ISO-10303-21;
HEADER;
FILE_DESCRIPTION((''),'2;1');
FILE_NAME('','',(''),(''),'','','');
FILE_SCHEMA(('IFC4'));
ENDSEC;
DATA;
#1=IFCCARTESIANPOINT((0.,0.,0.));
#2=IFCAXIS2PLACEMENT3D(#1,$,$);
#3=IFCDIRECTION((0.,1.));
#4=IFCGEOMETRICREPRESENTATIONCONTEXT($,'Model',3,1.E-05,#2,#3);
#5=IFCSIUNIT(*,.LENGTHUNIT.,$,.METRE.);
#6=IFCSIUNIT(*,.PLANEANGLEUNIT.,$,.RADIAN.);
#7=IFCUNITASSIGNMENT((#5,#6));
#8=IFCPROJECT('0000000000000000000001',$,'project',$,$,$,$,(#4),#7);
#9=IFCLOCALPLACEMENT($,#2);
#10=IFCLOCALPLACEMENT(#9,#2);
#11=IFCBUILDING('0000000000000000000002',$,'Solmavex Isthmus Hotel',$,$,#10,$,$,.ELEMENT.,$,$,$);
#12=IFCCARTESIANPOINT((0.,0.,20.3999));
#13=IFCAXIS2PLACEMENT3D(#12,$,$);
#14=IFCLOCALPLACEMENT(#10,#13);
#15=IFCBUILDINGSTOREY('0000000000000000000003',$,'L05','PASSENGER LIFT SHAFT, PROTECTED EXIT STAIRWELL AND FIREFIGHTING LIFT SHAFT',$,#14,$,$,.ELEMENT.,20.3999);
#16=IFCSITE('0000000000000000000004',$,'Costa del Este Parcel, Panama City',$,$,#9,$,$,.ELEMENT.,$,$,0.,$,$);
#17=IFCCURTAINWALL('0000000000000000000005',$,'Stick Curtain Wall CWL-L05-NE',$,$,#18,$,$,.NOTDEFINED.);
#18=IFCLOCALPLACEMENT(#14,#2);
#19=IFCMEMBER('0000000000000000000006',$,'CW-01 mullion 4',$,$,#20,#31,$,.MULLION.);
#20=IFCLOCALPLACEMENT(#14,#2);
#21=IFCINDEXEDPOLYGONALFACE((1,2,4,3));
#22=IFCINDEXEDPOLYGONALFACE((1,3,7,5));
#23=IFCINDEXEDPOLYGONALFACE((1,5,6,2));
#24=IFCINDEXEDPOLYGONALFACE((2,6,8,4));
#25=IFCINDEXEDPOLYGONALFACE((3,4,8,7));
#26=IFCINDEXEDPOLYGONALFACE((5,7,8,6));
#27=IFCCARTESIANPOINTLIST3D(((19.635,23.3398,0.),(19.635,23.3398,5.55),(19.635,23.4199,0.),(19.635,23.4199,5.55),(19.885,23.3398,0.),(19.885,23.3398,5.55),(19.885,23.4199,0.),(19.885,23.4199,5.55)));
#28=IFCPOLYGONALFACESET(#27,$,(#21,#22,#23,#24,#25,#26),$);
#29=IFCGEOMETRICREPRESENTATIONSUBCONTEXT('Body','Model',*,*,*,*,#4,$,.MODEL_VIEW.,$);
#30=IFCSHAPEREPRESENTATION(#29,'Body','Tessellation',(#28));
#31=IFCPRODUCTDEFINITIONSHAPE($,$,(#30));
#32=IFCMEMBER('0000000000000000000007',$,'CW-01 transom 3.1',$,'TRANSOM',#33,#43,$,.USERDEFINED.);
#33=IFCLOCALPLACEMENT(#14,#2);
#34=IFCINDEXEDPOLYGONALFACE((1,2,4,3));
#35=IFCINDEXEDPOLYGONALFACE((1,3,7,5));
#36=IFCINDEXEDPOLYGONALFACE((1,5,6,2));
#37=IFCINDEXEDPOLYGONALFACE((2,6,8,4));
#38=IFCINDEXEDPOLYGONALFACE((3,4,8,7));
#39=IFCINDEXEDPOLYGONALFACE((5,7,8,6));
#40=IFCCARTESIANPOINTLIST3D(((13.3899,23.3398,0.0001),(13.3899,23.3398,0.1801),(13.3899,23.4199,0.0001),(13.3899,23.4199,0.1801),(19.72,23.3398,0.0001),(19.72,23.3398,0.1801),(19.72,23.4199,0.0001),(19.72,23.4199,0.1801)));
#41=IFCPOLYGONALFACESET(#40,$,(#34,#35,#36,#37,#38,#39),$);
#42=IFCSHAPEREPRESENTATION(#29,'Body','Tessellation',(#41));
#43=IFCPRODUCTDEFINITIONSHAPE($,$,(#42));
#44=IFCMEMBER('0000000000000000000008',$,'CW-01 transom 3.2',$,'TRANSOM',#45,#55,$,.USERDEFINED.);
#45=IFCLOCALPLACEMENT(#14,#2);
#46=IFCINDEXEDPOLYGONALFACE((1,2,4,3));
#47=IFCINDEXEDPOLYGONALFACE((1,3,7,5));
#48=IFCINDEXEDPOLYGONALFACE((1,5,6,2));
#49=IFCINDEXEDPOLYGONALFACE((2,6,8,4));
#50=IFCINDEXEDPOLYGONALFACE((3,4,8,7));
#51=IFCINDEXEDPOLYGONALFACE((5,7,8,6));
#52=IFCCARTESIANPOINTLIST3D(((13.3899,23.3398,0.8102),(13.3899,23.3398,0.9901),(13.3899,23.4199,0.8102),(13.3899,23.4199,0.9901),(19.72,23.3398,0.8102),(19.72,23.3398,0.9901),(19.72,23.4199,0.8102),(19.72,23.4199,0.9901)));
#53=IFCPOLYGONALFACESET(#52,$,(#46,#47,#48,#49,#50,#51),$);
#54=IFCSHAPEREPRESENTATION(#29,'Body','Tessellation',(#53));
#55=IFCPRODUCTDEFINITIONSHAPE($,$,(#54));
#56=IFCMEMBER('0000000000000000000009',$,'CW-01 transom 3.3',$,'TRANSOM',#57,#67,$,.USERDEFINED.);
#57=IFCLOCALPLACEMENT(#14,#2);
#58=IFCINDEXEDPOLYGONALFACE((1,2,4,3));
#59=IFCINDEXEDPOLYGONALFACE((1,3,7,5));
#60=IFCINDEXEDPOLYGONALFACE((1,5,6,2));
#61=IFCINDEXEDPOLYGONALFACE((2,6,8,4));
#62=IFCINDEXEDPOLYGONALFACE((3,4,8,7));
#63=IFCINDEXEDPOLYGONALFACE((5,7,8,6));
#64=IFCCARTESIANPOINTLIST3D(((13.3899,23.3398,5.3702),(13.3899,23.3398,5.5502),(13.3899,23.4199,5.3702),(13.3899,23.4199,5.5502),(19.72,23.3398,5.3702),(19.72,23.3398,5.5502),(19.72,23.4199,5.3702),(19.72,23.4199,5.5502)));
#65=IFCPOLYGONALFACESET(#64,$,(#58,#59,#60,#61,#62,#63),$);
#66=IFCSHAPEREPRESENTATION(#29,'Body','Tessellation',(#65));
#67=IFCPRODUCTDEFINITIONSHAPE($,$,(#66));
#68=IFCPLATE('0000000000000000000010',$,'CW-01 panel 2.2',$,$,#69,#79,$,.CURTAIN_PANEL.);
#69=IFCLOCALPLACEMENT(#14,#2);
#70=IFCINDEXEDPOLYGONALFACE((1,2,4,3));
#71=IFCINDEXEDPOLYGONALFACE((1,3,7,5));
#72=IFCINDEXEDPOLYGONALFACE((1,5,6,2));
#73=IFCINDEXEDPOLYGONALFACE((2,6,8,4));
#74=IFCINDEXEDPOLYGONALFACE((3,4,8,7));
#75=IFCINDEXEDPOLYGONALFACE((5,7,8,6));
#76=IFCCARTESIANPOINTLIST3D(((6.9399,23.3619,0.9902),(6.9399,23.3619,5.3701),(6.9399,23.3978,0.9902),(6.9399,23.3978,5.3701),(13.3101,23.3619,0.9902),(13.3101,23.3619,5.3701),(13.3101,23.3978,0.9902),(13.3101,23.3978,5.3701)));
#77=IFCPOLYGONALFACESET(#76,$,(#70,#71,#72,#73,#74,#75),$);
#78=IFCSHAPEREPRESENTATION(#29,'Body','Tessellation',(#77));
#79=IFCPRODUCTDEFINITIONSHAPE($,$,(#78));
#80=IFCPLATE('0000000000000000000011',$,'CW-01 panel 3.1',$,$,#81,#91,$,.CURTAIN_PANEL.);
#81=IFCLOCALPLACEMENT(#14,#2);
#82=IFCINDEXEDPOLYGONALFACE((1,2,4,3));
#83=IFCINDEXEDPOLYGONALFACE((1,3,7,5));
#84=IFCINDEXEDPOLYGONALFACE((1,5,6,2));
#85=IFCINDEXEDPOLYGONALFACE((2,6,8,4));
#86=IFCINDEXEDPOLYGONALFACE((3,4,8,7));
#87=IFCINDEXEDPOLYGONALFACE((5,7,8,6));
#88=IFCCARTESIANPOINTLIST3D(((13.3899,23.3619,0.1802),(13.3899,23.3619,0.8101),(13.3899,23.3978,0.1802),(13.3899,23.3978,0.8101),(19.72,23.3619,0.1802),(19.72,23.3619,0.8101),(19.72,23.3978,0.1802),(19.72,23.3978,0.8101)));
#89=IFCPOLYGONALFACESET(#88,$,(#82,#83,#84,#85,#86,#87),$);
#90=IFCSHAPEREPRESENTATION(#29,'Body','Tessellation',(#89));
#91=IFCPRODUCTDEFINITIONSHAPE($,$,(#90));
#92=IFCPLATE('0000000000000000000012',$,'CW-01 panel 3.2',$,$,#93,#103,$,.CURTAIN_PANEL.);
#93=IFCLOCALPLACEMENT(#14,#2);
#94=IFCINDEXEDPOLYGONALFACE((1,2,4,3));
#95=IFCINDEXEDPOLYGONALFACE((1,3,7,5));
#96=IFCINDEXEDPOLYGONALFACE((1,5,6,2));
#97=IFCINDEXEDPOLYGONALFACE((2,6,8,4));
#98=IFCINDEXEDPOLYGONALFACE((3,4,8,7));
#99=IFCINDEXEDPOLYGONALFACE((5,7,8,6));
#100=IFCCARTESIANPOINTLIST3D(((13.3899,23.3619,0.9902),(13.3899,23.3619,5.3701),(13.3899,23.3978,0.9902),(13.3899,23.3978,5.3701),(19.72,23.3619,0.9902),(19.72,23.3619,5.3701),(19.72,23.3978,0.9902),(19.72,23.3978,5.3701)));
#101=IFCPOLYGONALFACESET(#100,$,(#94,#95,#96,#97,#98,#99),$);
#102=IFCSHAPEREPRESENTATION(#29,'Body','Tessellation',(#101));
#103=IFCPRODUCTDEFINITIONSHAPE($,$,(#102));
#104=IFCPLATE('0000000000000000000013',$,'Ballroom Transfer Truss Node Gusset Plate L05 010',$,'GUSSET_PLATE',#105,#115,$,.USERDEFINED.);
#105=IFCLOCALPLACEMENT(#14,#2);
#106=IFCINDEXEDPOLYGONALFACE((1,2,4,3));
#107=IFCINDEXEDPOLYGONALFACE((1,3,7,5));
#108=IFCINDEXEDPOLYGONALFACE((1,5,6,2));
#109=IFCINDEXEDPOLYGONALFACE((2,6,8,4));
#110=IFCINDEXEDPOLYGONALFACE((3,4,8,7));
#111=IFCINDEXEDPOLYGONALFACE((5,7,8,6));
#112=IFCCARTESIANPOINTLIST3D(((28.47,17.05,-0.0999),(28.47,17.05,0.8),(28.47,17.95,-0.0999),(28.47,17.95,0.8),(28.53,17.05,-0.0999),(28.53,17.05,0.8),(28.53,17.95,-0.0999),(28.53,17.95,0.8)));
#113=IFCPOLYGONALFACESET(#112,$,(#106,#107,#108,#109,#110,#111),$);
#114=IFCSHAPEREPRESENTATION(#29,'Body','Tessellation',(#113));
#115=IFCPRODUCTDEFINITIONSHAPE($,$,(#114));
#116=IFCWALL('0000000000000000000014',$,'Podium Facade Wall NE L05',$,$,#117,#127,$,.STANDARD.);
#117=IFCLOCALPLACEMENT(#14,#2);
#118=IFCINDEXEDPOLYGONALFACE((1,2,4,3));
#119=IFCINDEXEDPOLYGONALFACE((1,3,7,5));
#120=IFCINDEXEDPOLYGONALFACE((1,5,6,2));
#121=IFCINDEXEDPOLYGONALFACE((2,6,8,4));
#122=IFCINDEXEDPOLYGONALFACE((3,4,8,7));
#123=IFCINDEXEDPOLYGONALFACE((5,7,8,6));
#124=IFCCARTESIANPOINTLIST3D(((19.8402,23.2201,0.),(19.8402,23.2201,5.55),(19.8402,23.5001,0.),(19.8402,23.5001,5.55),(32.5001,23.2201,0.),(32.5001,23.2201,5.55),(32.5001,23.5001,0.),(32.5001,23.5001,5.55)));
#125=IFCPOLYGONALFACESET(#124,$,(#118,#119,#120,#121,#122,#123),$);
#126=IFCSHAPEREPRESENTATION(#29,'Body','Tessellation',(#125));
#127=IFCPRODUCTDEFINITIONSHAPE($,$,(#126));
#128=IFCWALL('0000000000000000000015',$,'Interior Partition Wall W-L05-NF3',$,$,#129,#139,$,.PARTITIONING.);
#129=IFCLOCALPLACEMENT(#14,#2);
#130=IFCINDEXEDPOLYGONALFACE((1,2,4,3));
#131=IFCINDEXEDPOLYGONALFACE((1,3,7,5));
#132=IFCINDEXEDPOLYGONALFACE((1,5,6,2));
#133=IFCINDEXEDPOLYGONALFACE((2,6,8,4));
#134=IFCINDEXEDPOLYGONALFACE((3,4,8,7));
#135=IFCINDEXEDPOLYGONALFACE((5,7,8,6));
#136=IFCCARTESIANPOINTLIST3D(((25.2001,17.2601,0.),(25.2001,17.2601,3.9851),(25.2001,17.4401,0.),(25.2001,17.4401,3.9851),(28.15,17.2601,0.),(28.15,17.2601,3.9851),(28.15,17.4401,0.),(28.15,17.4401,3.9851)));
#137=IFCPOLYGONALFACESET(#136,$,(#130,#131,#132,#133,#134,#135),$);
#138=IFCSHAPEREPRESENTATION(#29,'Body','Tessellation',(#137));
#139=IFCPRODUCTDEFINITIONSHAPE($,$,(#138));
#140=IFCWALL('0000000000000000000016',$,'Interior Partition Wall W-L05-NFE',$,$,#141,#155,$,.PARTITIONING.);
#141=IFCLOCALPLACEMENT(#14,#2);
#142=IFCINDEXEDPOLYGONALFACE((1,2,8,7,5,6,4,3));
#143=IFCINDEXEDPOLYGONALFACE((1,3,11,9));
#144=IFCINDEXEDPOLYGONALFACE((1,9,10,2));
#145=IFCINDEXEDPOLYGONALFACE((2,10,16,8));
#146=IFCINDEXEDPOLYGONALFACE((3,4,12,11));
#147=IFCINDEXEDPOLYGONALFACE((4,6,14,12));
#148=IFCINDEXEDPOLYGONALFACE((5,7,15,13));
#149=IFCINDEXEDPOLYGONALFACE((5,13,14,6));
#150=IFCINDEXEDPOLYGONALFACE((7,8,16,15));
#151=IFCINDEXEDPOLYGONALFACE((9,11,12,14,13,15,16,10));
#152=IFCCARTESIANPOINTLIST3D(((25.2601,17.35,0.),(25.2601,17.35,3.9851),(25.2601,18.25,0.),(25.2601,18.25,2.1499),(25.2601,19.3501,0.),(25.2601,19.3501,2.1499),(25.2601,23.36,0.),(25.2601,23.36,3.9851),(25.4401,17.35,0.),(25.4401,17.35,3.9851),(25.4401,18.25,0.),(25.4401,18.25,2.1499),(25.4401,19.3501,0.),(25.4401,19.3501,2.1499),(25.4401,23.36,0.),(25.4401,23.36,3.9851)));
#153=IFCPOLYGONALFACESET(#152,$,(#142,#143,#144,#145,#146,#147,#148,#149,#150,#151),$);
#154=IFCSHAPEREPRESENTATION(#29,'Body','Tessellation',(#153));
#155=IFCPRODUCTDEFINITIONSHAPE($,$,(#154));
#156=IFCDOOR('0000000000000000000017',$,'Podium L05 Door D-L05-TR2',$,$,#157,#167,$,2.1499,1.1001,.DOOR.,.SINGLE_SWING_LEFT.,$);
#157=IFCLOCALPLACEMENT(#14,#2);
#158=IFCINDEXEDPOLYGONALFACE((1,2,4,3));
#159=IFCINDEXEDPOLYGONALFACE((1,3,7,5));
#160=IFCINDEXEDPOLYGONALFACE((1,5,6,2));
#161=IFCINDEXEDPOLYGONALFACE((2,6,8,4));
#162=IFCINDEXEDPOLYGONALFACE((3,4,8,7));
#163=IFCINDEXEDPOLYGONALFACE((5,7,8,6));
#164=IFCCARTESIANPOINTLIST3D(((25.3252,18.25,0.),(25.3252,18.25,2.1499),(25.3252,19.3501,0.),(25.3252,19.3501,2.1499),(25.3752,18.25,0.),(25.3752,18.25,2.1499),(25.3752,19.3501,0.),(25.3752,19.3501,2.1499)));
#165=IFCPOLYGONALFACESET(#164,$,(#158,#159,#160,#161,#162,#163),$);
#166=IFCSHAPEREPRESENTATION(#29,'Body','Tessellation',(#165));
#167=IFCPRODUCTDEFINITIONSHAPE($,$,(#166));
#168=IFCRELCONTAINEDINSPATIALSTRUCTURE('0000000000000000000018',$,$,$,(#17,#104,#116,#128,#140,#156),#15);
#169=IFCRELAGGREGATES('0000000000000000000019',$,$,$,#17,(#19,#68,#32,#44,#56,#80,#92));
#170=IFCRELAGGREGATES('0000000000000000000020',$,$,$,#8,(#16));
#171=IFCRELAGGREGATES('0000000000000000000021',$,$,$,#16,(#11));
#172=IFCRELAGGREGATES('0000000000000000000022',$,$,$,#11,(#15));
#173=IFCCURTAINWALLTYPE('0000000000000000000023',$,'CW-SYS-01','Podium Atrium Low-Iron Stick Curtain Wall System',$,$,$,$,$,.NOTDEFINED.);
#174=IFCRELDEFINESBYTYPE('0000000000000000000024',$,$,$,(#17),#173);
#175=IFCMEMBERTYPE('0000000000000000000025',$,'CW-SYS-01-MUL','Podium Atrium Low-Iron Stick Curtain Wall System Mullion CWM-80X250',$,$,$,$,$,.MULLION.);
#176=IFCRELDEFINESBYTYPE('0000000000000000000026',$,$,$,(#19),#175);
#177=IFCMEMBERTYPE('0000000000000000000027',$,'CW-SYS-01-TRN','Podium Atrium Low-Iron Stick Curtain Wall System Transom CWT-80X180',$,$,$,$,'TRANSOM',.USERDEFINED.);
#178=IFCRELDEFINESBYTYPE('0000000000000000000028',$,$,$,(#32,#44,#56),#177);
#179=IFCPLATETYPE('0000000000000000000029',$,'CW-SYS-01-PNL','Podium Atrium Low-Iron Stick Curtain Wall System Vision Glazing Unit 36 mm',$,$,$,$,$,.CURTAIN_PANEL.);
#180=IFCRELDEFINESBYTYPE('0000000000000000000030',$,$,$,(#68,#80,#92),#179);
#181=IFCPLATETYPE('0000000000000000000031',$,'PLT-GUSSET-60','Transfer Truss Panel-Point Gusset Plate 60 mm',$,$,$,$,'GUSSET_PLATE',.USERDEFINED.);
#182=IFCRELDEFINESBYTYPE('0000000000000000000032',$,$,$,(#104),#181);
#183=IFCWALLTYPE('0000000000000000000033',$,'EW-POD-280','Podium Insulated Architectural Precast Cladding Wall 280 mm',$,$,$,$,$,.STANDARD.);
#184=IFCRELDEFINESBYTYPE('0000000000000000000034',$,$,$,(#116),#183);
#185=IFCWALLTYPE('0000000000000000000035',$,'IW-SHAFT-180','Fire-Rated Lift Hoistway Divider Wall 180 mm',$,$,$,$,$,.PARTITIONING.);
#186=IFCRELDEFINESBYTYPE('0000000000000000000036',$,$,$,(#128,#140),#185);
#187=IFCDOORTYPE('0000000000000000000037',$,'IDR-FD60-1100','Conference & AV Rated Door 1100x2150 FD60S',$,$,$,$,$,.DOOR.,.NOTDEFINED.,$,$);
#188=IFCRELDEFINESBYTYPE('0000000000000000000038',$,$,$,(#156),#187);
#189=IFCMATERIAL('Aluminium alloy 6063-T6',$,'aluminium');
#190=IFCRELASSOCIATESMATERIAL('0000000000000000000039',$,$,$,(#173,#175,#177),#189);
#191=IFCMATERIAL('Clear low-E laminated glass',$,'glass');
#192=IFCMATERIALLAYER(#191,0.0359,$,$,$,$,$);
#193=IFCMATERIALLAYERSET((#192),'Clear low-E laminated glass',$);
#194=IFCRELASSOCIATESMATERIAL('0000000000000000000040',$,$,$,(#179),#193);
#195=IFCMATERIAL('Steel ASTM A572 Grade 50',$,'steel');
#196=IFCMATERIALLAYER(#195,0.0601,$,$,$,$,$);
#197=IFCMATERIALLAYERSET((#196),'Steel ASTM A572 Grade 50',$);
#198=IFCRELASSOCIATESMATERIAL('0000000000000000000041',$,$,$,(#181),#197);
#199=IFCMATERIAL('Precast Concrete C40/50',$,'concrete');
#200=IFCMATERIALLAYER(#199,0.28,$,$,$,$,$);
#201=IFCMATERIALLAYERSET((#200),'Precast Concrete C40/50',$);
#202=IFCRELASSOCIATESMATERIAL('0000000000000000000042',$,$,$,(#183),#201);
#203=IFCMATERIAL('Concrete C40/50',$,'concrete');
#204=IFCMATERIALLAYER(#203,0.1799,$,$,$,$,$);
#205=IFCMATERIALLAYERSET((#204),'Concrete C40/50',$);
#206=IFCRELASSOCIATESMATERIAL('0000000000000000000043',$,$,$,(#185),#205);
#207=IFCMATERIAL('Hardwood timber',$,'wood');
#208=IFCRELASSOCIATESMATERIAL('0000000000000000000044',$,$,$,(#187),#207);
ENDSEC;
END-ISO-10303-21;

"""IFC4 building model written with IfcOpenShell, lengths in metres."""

from ifc_helpers import new_model, si_unit, direction, frame, frame_2d, origin, origin_2d, place, context, subcontext, project, spatial, rectangle, extrude, material, layer, layer_set, material_profile, profile_set, type_object, element, fill, aggregate, save


model = new_model("IFC4")

# Units and contexts
model_context = context("Model", 3, precision=1e-05, world=origin(), true_north=direction((0.0, 1.0)))
body_context = subcontext(model_context, "Body", "Model", "MODEL_VIEW")
ifc_project = project(units=[si_unit("LENGTHUNIT", "METRE"), si_unit("PLANEANGLEUNIT", "RADIAN")], contexts=[model_context])

# Site, building, storey
site_placement = place(None, origin())
site = spatial("IfcSite", under=ifc_project, at=site_placement, Name="Costa del Este Parcel, Panama City", CompositionType="ELEMENT", RefElevation=0.0)
building_placement = place(site_placement, origin())
building = spatial("IfcBuilding", under=site, at=building_placement, Name="Solmavex Isthmus Hotel", CompositionType="ELEMENT")
storey_placement = place(building_placement, frame((0.0, 0.0, 20.3999)))
storey = spatial("IfcBuildingStorey", under=building, at=storey_placement, Name="L05", Description="PASSENGER LIFT SHAFT, PROTECTED EXIT STAIRWELL AND FIREFIGHTING LIFT SHAFT", CompositionType="ELEMENT", Elevation=20.3999)

# Curtain wall, members, plates
ifc_material_1 = material(Name="Aluminium alloy 6063-T6", Category="aluminium")
curtain_wall_type = type_object("IfcCurtainWallType", Name="CW-SYS-01", Description="Podium Atrium Low-Iron Stick Curtain Wall System", PredefinedType="NOTDEFINED", material=ifc_material_1)
curtain_wall_placement = place(storey_placement, origin())
curtain_wall = element("IfcCurtainWall", 1, at=curtain_wall_placement, inside=storey, type_object=curtain_wall_type, Name="Stick Curtain Wall CWL-L05-NE", PredefinedType="NOTDEFINED")
ifc_material_profile_1 = material_profile(ifc_material_1, rectangle(XDim=0.0801, YDim=0.25, at=origin_2d()), Name="CWM-80X250")
ifc_profile_set_1 = profile_set([ifc_material_profile_1], Name="Aluminium alloy 6063-T6")
member_type_1 = type_object("IfcMemberType", Name="CW-SYS-01-MUL", Description="Podium Atrium Low-Iron Stick Curtain Wall System Mullion CWM-80X250", PredefinedType="MULLION", material=ifc_profile_set_1)
member_1_placement = place(storey_placement, frame((19.76, 23.3799, 0.0), z_axis=(0.0, 0.0, 1.0), x_axis=(0.0, 1.0, 0.0)))
member_1 = element("IfcMember", 2, at=member_1_placement, type_object=member_type_1, Name="CW-01 mullion 4", PredefinedType="MULLION", context=body_context, shape_type="SweptSolid", body=[
    extrude(rectangle(XDim=0.0801, YDim=0.25, at=origin_2d()), origin(), (0.0, 0.0, 1.0), 5.55),
])
ifc_material_profile_2 = material_profile(ifc_material_1, rectangle(XDim=0.0801, YDim=0.1799, at=origin_2d()), Name="CWT-80X180")
ifc_profile_set_2 = profile_set([ifc_material_profile_2], Name="Aluminium alloy 6063-T6")
member_type_2 = type_object("IfcMemberType", Name="CW-SYS-01-TRN", Description="Podium Atrium Low-Iron Stick Curtain Wall System Transom CWT-80X180", ElementType="TRANSOM", PredefinedType="USERDEFINED", material=ifc_profile_set_2)
member_2_placement = place(storey_placement, frame((13.3899, 23.3799, 0.0901), z_axis=(1.0, 0.0, 0.0), x_axis=(0.0, 1.0, 0.0)))
member_2 = element("IfcMember", 3, at=member_2_placement, type_object=member_type_2, Name="CW-01 transom 3.1", ObjectType="TRANSOM", PredefinedType="USERDEFINED", context=body_context, shape_type="SweptSolid", body=[
    extrude(rectangle(XDim=0.0801, YDim=0.1799, at=origin_2d()), origin(), (0.0, 0.0, 1.0), 6.3301),
])
member_3_placement = place(storey_placement, frame((13.3899, 23.3799, 0.9001), z_axis=(1.0, 0.0, 0.0), x_axis=(0.0, 1.0, 0.0)))
member_3 = element("IfcMember", 4, at=member_3_placement, type_object=member_type_2, Name="CW-01 transom 3.2", ObjectType="TRANSOM", PredefinedType="USERDEFINED", context=body_context, shape_type="SweptSolid", body=[
    extrude(rectangle(XDim=0.0801, YDim=0.1799, at=origin_2d()), origin(), (0.0, 0.0, 1.0), 6.3301),
])
member_4_placement = place(storey_placement, frame((13.3899, 23.3799, 5.4602), z_axis=(1.0, 0.0, 0.0), x_axis=(0.0, 1.0, 0.0)))
member_4 = element("IfcMember", 5, at=member_4_placement, type_object=member_type_2, Name="CW-01 transom 3.3", ObjectType="TRANSOM", PredefinedType="USERDEFINED", context=body_context, shape_type="SweptSolid", body=[
    extrude(rectangle(XDim=0.0801, YDim=0.1799, at=origin_2d()), origin(), (0.0, 0.0, 1.0), 6.3301),
])
ifc_material_2 = material(Name="Clear low-E laminated glass", Category="glass")
ifc_layer_1 = layer(ifc_material_2, 0.0359)
ifc_layer_set_1 = layer_set([ifc_layer_1], Name="Clear low-E laminated glass")
plate_type_1 = type_object("IfcPlateType", Name="CW-SYS-01-PNL", Description="Podium Atrium Low-Iron Stick Curtain Wall System Vision Glazing Unit 36 mm", PredefinedType="CURTAIN_PANEL", material=ifc_layer_set_1)
plate_1_placement = place(storey_placement, frame((10.125, 23.3799, 0.9902), z_axis=(0.0, 0.0, 1.0), x_axis=(1.0, 0.0, 0.0)))
plate_1 = element("IfcPlate", 6, at=plate_1_placement, type_object=plate_type_1, Name="CW-01 panel 2.2", PredefinedType="CURTAIN_PANEL", context=body_context, shape_type="SweptSolid", body=[
    extrude(rectangle(XDim=6.3701, YDim=0.0359, at=origin_2d()), origin(), (0.0, 0.0, 1.0), 4.3799),
])
plate_2_placement = place(storey_placement, frame((16.5549, 23.3799, 0.1802), z_axis=(0.0, 0.0, 1.0), x_axis=(1.0, 0.0, 0.0)))
plate_2 = element("IfcPlate", 7, at=plate_2_placement, type_object=plate_type_1, Name="CW-01 panel 3.1", PredefinedType="CURTAIN_PANEL", context=body_context, shape_type="SweptSolid", body=[
    extrude(rectangle(XDim=6.3301, YDim=0.0359, at=origin_2d()), origin(), (0.0, 0.0, 1.0), 0.6299),
])
plate_3_placement = place(storey_placement, frame((16.5549, 23.3799, 0.9902), z_axis=(0.0, 0.0, 1.0), x_axis=(1.0, 0.0, 0.0)))
plate_3 = element("IfcPlate", 8, at=plate_3_placement, type_object=plate_type_1, Name="CW-01 panel 3.2", PredefinedType="CURTAIN_PANEL", context=body_context, shape_type="SweptSolid", body=[
    extrude(rectangle(XDim=6.3301, YDim=0.0359, at=origin_2d()), origin(), (0.0, 0.0, 1.0), 4.3799),
])
aggregate(curtain_wall, [member_1, plate_1, member_2, member_3, member_4, plate_2, plate_3])

# Plate
ifc_material_3 = material(Name="Steel ASTM A572 Grade 50", Category="steel")
ifc_layer_2 = layer(ifc_material_3, 0.0601)
ifc_layer_set_2 = layer_set([ifc_layer_2], Name="Steel ASTM A572 Grade 50")
plate_type_2 = type_object("IfcPlateType", Name="PLT-GUSSET-60", Description="Transfer Truss Panel-Point Gusset Plate 60 mm", ElementType="GUSSET_PLATE", PredefinedType="USERDEFINED", material=ifc_layer_set_2)
plate_4_placement = place(storey_placement, frame((28.5, 17.5, -0.0999), z_axis=(0.0, 0.0, 1.0), x_axis=(0.0, 1.0, 0.0)))
element("IfcPlate", 9, at=plate_4_placement, inside=storey, type_object=plate_type_2, Name="Ballroom Transfer Truss Node Gusset Plate L05 010", ObjectType="GUSSET_PLATE", PredefinedType="USERDEFINED", context=body_context, shape_type="SweptSolid", body=[
    extrude(rectangle(XDim=0.8999, YDim=0.0601, at=origin_2d()), origin(), (0.0, 0.0, 1.0), 0.8999),
])

# Walls
ifc_material_4 = material(Name="Precast Concrete C40/50", Category="concrete")
ifc_layer_3 = layer(ifc_material_4, 0.28)
ifc_layer_set_3 = layer_set([ifc_layer_3], Name="Precast Concrete C40/50")
wall_type_1 = type_object("IfcWallType", Name="EW-POD-280", Description="Podium Insulated Architectural Precast Cladding Wall 280 mm", PredefinedType="STANDARD", material=ifc_layer_set_3)
wall_1_placement = place(storey_placement, frame((19.8401, 23.3601, 0.0), z_axis=(0.0, 0.0, 1.0), x_axis=(1.0, 0.0, 0.0)))
element("IfcWall", 10, at=wall_1_placement, inside=storey, type_object=wall_type_1, Name="Podium Facade Wall NE L05", PredefinedType="STANDARD", context=body_context, shape_type="SweptSolid", body=[
    extrude(rectangle(XDim=12.6599, YDim=0.28, at=frame_2d((6.3301, 0.0))), origin(), (0.0, 0.0, 1.0), 5.55),
])
ifc_material_5 = material(Name="Concrete C40/50", Category="concrete")
ifc_layer_4 = layer(ifc_material_5, 0.1799)
ifc_layer_set_4 = layer_set([ifc_layer_4], Name="Concrete C40/50")
wall_type_2 = type_object("IfcWallType", Name="IW-SHAFT-180", Description="Fire-Rated Lift Hoistway Divider Wall 180 mm", PredefinedType="PARTITIONING", material=ifc_layer_set_4)
wall_2_placement = place(storey_placement, frame((25.2, 17.3501, 0.0), z_axis=(0.0, 0.0, 1.0), x_axis=(1.0, 0.0, 0.0)))
element("IfcWall", 11, at=wall_2_placement, inside=storey, type_object=wall_type_2, Name="Interior Partition Wall W-L05-NF3", PredefinedType="PARTITIONING", context=body_context, shape_type="SweptSolid", body=[
    extrude(rectangle(XDim=2.95, YDim=0.1799, at=frame_2d((1.4751, 0.0))), origin(), (0.0, 0.0, 1.0), 3.9851),
])

# Wall, opening, door
wall_3_placement = place(storey_placement, frame((25.3501, 17.3501, 0.0), z_axis=(0.0, 0.0, 1.0), x_axis=(0.0, 1.0, 0.0)))
wall_3 = element("IfcWall", 12, at=wall_3_placement, inside=storey, type_object=wall_type_2, Name="Interior Partition Wall W-L05-NFE", PredefinedType="PARTITIONING", context=body_context, shape_type="SweptSolid", body=[
    extrude(rectangle(XDim=6.01, YDim=0.1799, at=frame_2d((3.0049, 0.0))), origin(), (0.0, 0.0, 1.0), 3.9851),
])
opening_1_placement = place(wall_3_placement, frame((0.8999, 0.0, 0.0)))
opening_1 = element("IfcOpeningElement", 13, at=opening_1_placement, cuts=wall_3, PredefinedType="OPENING", context=body_context, shape_type="SweptSolid", body=[
    extrude(rectangle(XDim=1.1001, YDim=2.1499, at=frame_2d((0.55, 1.075))), frame((0.0, 0.0999, 0.0), z_axis=(0.0, -1.0, 0.0), x_axis=(1.0, 0.0, 0.0)), (0.0, 0.0, 1.0), 0.2),
])
ifc_material_6 = material(Name="Hardwood timber", Category="wood")
door_type_1 = type_object("IfcDoorType", Name="IDR-FD60-1100", Description="Conference & AV Rated Door 1100x2150 FD60S", OperationType="NOTDEFINED", PredefinedType="DOOR", material=ifc_material_6)
door_1_placement = place(opening_1_placement, origin())
door_1 = element("IfcDoor", 14, at=door_1_placement, inside=storey, type_object=door_type_1, Name="Podium L05 Door D-L05-TR2", OperationType="SINGLE_SWING_LEFT", OverallHeight=2.1499, OverallWidth=1.1001, PredefinedType="DOOR", context=body_context, shape_type="SweptSolid", body=[
    extrude(rectangle(XDim=1.1001, YDim=2.1499, at=frame_2d((0.55, 1.075))), frame((0.0, 0.0249, 0.0), z_axis=(0.0, -1.0, 0.0), x_axis=(1.0, 0.0, 0.0)), (0.0, 0.0, 1.0), 0.05),
])
fill(opening_1, door_1)

save(model, "model.ifc")
